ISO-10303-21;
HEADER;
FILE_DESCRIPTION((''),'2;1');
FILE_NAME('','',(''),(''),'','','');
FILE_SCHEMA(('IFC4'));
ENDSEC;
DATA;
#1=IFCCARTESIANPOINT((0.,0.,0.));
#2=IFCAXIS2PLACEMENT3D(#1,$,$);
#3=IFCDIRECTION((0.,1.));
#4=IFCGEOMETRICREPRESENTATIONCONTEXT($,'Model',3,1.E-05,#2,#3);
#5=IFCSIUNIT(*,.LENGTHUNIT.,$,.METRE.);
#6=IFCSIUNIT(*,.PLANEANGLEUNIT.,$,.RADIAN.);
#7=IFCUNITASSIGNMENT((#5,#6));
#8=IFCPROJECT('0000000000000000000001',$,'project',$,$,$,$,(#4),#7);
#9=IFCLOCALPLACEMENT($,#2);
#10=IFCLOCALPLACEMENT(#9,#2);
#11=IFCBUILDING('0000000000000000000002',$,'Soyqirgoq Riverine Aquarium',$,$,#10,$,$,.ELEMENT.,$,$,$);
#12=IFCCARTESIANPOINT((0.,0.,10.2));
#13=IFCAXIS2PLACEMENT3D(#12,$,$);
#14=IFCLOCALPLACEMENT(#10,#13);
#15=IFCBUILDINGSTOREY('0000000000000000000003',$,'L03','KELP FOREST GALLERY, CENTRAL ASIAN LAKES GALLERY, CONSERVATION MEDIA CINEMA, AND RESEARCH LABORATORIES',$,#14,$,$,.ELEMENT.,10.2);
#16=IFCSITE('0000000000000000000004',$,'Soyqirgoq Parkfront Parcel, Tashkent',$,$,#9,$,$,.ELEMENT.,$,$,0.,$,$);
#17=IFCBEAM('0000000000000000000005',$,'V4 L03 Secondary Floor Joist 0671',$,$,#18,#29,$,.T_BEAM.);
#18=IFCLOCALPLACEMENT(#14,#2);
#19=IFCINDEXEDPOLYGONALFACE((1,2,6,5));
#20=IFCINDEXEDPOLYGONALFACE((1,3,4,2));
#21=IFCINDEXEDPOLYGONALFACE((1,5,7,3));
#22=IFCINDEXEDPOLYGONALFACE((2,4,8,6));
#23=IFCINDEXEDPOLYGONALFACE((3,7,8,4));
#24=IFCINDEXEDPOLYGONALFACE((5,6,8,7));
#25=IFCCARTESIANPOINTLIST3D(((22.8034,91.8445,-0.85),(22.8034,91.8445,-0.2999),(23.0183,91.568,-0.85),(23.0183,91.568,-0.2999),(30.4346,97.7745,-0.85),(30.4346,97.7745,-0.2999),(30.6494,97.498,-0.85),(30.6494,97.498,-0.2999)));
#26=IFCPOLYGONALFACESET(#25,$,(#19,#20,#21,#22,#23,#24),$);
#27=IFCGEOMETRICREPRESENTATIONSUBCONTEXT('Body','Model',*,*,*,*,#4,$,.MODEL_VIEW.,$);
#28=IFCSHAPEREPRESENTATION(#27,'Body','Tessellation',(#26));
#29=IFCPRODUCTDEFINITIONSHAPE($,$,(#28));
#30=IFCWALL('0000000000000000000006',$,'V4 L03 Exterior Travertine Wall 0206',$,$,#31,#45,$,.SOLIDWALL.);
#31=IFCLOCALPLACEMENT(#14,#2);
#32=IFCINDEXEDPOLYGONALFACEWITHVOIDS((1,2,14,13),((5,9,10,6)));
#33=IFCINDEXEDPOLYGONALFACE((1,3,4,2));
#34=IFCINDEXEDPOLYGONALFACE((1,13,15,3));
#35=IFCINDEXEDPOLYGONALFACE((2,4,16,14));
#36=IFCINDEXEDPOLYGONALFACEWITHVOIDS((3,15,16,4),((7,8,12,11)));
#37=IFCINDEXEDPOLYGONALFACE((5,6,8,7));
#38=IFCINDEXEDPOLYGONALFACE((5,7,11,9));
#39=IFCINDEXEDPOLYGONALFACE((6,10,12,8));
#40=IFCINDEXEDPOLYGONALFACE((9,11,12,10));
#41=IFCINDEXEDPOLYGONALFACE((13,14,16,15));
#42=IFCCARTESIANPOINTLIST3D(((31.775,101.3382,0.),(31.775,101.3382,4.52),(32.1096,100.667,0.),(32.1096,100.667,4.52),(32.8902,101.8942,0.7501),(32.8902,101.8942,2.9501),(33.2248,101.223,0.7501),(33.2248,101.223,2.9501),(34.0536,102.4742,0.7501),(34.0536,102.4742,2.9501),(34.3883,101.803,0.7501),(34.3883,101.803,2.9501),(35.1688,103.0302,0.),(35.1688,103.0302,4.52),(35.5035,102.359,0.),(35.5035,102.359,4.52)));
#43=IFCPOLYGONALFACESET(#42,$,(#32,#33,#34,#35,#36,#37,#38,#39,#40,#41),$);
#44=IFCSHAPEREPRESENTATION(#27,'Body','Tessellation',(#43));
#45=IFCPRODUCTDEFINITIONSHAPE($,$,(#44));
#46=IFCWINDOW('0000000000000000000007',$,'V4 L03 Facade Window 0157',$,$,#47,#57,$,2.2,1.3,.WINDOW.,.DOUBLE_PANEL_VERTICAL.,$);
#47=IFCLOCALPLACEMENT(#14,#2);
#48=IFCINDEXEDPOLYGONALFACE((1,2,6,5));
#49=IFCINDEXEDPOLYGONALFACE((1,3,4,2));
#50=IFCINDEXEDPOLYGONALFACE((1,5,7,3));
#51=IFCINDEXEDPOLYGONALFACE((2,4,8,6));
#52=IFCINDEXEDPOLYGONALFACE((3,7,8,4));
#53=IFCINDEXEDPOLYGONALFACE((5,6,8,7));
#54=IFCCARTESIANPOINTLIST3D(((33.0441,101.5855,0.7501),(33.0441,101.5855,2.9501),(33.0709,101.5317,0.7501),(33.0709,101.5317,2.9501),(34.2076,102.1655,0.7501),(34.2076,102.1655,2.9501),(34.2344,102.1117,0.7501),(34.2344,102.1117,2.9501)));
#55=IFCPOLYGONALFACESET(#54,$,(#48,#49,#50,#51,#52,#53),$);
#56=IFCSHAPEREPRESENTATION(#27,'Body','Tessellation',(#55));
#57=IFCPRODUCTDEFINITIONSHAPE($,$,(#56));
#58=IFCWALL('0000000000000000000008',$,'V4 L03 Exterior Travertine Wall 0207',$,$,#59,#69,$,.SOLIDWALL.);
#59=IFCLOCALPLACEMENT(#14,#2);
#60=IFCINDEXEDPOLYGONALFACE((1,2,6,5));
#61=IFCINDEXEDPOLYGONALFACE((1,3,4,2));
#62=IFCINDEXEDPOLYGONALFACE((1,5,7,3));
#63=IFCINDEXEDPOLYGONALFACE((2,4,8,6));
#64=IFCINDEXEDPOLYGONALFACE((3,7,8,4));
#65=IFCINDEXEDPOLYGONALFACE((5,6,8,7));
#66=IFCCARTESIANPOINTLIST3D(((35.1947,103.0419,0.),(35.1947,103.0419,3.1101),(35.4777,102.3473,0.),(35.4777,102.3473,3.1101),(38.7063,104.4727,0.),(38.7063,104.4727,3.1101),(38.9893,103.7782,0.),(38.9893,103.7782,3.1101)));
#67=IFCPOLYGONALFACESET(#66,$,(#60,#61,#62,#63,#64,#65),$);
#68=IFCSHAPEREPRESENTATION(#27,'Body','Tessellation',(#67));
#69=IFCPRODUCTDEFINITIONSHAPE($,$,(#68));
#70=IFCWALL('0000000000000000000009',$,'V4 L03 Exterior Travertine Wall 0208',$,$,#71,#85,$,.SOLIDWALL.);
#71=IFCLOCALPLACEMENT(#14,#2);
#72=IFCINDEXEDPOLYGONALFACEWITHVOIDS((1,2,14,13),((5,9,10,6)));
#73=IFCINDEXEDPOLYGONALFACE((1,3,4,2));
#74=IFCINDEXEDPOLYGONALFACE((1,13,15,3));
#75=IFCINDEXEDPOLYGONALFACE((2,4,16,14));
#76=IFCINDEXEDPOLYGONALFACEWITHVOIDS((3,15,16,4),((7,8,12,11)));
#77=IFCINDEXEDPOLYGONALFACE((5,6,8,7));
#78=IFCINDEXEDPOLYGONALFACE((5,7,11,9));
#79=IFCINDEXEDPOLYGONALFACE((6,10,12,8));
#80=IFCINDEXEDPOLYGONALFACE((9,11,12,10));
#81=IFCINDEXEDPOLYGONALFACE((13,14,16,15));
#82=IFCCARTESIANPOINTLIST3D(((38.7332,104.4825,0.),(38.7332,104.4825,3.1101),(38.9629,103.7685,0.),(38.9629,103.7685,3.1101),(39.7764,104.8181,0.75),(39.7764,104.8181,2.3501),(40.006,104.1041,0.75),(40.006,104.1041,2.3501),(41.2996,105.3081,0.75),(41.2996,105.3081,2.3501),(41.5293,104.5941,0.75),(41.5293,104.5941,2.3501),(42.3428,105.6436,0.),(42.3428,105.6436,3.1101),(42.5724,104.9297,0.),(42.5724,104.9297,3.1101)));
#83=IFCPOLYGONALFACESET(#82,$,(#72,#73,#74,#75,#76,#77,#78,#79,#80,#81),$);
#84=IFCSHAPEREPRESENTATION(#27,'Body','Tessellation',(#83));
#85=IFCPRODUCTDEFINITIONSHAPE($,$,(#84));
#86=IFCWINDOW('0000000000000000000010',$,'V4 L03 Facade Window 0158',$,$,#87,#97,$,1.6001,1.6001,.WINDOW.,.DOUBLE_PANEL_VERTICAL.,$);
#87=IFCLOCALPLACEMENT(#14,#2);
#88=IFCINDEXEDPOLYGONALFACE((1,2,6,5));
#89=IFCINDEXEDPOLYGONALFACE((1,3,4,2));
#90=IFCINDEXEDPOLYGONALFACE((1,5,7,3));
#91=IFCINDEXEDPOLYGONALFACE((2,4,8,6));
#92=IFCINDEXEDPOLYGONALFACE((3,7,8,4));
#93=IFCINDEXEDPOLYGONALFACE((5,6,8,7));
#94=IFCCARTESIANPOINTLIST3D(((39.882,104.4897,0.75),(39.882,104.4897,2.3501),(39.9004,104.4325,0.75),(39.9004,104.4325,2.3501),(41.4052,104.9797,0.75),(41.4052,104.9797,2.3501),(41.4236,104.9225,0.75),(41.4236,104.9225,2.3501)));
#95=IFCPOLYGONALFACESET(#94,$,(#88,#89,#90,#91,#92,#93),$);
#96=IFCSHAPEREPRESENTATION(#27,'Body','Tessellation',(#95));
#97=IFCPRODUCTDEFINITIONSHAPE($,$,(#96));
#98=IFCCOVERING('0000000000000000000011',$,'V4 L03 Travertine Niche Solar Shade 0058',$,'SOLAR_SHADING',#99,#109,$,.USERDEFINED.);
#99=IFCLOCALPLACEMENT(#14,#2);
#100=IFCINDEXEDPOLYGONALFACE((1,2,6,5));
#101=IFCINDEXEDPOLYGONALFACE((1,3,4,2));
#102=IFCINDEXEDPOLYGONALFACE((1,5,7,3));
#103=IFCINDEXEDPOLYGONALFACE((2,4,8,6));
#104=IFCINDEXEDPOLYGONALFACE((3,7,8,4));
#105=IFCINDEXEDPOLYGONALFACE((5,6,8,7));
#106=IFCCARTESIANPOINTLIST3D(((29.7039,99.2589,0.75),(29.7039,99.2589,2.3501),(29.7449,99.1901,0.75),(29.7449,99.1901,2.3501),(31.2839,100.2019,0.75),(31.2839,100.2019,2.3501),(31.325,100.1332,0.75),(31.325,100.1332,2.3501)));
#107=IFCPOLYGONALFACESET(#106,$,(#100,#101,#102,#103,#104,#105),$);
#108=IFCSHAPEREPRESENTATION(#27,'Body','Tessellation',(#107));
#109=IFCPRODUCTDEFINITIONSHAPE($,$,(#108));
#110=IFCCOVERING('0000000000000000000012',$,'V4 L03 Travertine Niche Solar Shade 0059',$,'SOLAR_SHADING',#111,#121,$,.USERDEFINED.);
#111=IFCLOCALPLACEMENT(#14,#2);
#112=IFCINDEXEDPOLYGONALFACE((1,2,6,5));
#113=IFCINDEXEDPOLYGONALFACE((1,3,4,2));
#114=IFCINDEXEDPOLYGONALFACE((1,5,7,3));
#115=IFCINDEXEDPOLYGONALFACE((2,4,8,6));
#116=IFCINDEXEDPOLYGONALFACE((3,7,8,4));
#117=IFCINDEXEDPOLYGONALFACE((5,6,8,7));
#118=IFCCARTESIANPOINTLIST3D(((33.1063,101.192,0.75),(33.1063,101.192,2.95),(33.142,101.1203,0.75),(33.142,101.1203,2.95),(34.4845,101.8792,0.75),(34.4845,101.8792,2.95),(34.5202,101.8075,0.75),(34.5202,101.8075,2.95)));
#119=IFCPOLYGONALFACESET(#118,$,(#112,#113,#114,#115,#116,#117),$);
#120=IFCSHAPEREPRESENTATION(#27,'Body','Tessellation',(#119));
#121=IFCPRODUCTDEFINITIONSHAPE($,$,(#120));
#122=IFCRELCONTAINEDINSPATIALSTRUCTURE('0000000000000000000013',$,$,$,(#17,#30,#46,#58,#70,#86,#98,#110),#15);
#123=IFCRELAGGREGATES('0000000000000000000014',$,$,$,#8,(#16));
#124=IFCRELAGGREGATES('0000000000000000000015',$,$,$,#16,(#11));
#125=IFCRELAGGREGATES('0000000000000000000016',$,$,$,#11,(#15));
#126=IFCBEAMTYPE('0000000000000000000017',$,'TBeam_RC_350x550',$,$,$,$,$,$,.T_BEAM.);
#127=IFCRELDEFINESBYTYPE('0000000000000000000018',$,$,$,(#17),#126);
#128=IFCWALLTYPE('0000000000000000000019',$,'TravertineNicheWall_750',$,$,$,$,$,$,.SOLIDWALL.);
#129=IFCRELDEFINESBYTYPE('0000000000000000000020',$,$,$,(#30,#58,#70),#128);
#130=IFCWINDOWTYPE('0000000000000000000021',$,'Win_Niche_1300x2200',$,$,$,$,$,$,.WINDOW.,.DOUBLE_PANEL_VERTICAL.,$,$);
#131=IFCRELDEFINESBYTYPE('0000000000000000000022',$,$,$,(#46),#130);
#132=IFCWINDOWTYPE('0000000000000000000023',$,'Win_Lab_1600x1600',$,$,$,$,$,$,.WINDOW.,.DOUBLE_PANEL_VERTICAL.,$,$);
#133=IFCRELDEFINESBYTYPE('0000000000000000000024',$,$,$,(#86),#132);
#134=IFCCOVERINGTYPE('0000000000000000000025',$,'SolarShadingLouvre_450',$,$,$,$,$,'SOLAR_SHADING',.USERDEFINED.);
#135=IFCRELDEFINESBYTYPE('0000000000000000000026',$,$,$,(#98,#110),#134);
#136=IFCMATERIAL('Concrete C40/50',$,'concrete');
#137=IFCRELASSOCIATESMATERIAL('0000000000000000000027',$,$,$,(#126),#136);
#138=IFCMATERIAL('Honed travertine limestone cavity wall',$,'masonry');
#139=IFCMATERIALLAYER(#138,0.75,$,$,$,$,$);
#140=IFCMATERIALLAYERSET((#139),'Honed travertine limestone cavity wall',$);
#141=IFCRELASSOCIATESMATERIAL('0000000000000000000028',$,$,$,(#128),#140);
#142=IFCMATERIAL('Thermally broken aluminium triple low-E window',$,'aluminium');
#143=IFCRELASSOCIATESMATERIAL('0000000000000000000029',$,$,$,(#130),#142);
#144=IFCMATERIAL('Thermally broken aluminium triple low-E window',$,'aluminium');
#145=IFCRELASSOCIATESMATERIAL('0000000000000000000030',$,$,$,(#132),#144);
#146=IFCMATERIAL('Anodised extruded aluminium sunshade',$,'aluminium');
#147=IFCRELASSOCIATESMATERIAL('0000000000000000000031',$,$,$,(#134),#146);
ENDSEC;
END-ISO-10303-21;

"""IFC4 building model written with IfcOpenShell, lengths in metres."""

from ifc_helpers import new_model, si_unit, direction, frame, frame_2d, origin, origin_2d, place, context, subcontext, project, spatial, rectangle, extrude, material, layer, layer_set, material_profile, profile_set, type_object, element, fill, save


model = new_model("IFC4")

# Units and contexts
model_context = context("Model", 3, precision=1e-05, world=origin(), true_north=direction((0.0, 1.0)))
body_context = subcontext(model_context, "Body", "Model", "MODEL_VIEW")
ifc_project = project(units=[si_unit("LENGTHUNIT", "METRE"), si_unit("PLANEANGLEUNIT", "RADIAN")], contexts=[model_context])

# Site, building, storey
site_placement = place(None, origin())
site = spatial("IfcSite", under=ifc_project, at=site_placement, Name="Soyqirgoq Parkfront Parcel, Tashkent", CompositionType="ELEMENT", RefElevation=0.0)
building_placement = place(site_placement, origin())
building = spatial("IfcBuilding", under=site, at=building_placement, Name="Soyqirgoq Riverine Aquarium", CompositionType="ELEMENT")
storey_placement = place(building_placement, frame((0.0, 0.0, 10.2)))
storey = spatial("IfcBuildingStorey", under=building, at=storey_placement, Name="L03", Description="KELP FOREST GALLERY, CENTRAL ASIAN LAKES GALLERY, CONSERVATION MEDIA CINEMA, AND RESEARCH LABORATORIES", CompositionType="ELEMENT", Elevation=10.2)

# Beam
ifc_material_1 = material(Name="Concrete C40/50", Category="concrete")
ifc_material_profile_1 = material_profile(ifc_material_1, rectangle(XDim=0.3501, YDim=0.55, at=origin_2d()), Name="RC 350x550")
ifc_profile_set_1 = profile_set([ifc_material_profile_1], Name="Concrete C40/50")
beam_type_1 = type_object("IfcBeamType", Name="TBeam_RC_350x550", PredefinedType="T_BEAM", material=ifc_profile_set_1)
beam_1_placement = place(storey_placement, frame((30.542, 97.6362, -0.575), z_axis=(-0.789621, -0.613594, 0.0), x_axis=(0.613594, -0.789621, 0.0)))
element("IfcBeam", 1, at=beam_1_placement, inside=storey, type_object=beam_type_1, Name="V4 L03 Secondary Floor Joist 0671", PredefinedType="T_BEAM", context=body_context, shape_type="SweptSolid", body=[
    extrude(rectangle(XDim=0.3501, YDim=0.55, at=origin_2d()), origin(), (0.0, 0.0, 1.0), 9.6643),
])

# Wall, opening, window
ifc_material_2 = material(Name="Honed travertine limestone cavity wall", Category="masonry")
ifc_layer = layer(ifc_material_2, 0.75)
ifc_layer_set = layer_set([ifc_layer], Name="Honed travertine limestone cavity wall")
wall_type = type_object("IfcWallType", Name="TravertineNicheWall_750", PredefinedType="SOLIDWALL", material=ifc_layer_set)
wall_1_placement = place(storey_placement, frame((31.9424, 101.0027, 0.0), z_axis=(0.0, 0.0, 1.0), x_axis=(0.894954, 0.446157, 0.0)))
wall_1 = element("IfcWall", 2, at=wall_1_placement, inside=storey, type_object=wall_type, Name="V4 L03 Exterior Travertine Wall 0206", PredefinedType="SOLIDWALL", context=body_context, shape_type="SweptSolid", body=[
    extrude(rectangle(XDim=3.7922, YDim=0.75, at=frame_2d((1.896, 0.0))), origin(), (0.0, 0.0, 1.0), 4.52),
])
opening_1_placement = place(wall_1_placement, frame((1.2461, 0.0, 0.75)))
opening_1 = element("IfcOpeningElement", 3, at=opening_1_placement, cuts=wall_1, PredefinedType="OPENING", context=body_context, shape_type="SweptSolid", body=[
    extrude(rectangle(XDim=1.3, YDim=2.2, at=frame_2d((0.6499, 1.1001))), frame((0.0, 0.385, 0.0), z_axis=(0.0, -1.0, 0.0), x_axis=(1.0, 0.0, 0.0)), (0.0, 0.0, 1.0), 0.77),
])
ifc_material_3 = material(Name="Thermally broken aluminium triple low-E window", Category="aluminium")
window_type_1 = type_object("IfcWindowType", Name="Win_Niche_1300x2200", PartitioningType="DOUBLE_PANEL_VERTICAL", PredefinedType="WINDOW", material=ifc_material_3)
window_1_placement = place(opening_1_placement, origin())
window_1 = element("IfcWindow", 4, at=window_1_placement, inside=storey, type_object=window_type_1, Name="V4 L03 Facade Window 0157", OverallHeight=2.2, OverallWidth=1.3, PartitioningType="DOUBLE_PANEL_VERTICAL", PredefinedType="WINDOW", context=body_context, shape_type="SweptSolid", body=[
    extrude(rectangle(XDim=1.3, YDim=2.2, at=frame_2d((0.6499, 1.1001))), frame((0.0, 0.03, 0.0), z_axis=(0.0, -1.0, 0.0), x_axis=(1.0, 0.0, 0.0)), (0.0, 0.0, 1.0), 0.0601),
])
fill(opening_1, window_1)

# Wall
wall_2_placement = place(storey_placement, frame((35.3362, 102.6946, 0.0), z_axis=(0.0, 0.0, 1.0), x_axis=(0.926073, 0.377344, 0.0)))
element("IfcWall", 5, at=wall_2_placement, inside=storey, type_object=wall_type, Name="V4 L03 Exterior Travertine Wall 0207", PredefinedType="SOLIDWALL", context=body_context, shape_type="SweptSolid", body=[
    extrude(rectangle(XDim=3.792, YDim=0.75, at=frame_2d((1.896, 0.0))), origin(), (0.0, 0.0, 1.0), 3.1101),
])

# Wall, opening, window
wall_3_placement = place(storey_placement, frame((38.8479, 104.1255, 0.0), z_axis=(0.0, 0.0, 1.0), x_axis=(0.95196, 0.306224, 0.0)))
wall_3 = element("IfcWall", 6, at=wall_3_placement, inside=storey, type_object=wall_type, Name="V4 L03 Exterior Travertine Wall 0208", PredefinedType="SOLIDWALL", context=body_context, shape_type="SweptSolid", body=[
    extrude(rectangle(XDim=3.7917, YDim=0.75, at=frame_2d((1.896, 0.0))), origin(), (0.0, 0.0, 1.0), 3.1101),
])
opening_2_placement = place(wall_3_placement, frame((1.0959, 0.0, 0.75)))
opening_2 = element("IfcOpeningElement", 7, at=opening_2_placement, cuts=wall_3, PredefinedType="OPENING", context=body_context, shape_type="SweptSolid", body=[
    extrude(rectangle(XDim=1.6001, YDim=1.6001, at=frame_2d((0.8, 0.8))), frame((0.0, 0.385, 0.0), z_axis=(0.0, -1.0, 0.0), x_axis=(1.0, 0.0, 0.0)), (0.0, 0.0, 1.0), 0.77),
])
ifc_material_4 = material(Name="Thermally broken aluminium triple low-E window", Category="aluminium")
window_type_2 = type_object("IfcWindowType", Name="Win_Lab_1600x1600", PartitioningType="DOUBLE_PANEL_VERTICAL", PredefinedType="WINDOW", material=ifc_material_4)
window_2_placement = place(opening_2_placement, origin())
window_2 = element("IfcWindow", 8, at=window_2_placement, inside=storey, type_object=window_type_2, Name="V4 L03 Facade Window 0158", OverallHeight=1.6001, OverallWidth=1.6001, PartitioningType="DOUBLE_PANEL_VERTICAL", PredefinedType="WINDOW", context=body_context, shape_type="SweptSolid", body=[
    extrude(rectangle(XDim=1.6001, YDim=1.6001, at=frame_2d((0.8, 0.8))), frame((0.0, 0.03, 0.0), z_axis=(0.0, -1.0, 0.0), x_axis=(1.0, 0.0, 0.0)), (0.0, 0.0, 1.0), 0.0601),
])
fill(opening_2, window_2)

# Coverings
ifc_material_5 = material(Name="Anodised extruded aluminium sunshade", Category="aluminium")
covering_type_1 = type_object("IfcCoveringType", Name="SolarShadingLouvre_450", ElementType="SOLAR_SHADING", PredefinedType="USERDEFINED", material=ifc_material_5)
covering_1_placement = place(storey_placement, frame((30.5144, 99.696, 0.75), z_axis=(0.0, 0.0, 1.0), x_axis=(0.858692, 0.512493, 0.0)))
element("IfcCovering", 9, at=covering_1_placement, inside=storey, type_object=covering_type_1, Name="V4 L03 Travertine Niche Solar Shade 0058", ObjectType="SOLAR_SHADING", PredefinedType="USERDEFINED", context=body_context, shape_type="SweptSolid", body=[
    extrude(rectangle(XDim=1.8401, YDim=0.0801, at=origin_2d()), origin(), (0.0, 0.0, 1.0), 1.6001),
])
covering_2_placement = place(storey_placement, frame((33.8132, 101.4998, 0.75), z_axis=(0.0, 0.0, 1.0), x_axis=(0.894934, 0.446198, 0.0)))
element("IfcCovering", 10, at=covering_2_placement, inside=storey, type_object=covering_type_1, Name="V4 L03 Travertine Niche Solar Shade 0059", ObjectType="SOLAR_SHADING", PredefinedType="USERDEFINED", context=body_context, shape_type="SweptSolid", body=[
    extrude(rectangle(XDim=1.54, YDim=0.0801, at=origin_2d()), origin(), (0.0, 0.0, 1.0), 2.2),
])

save(model, "model.ifc")
